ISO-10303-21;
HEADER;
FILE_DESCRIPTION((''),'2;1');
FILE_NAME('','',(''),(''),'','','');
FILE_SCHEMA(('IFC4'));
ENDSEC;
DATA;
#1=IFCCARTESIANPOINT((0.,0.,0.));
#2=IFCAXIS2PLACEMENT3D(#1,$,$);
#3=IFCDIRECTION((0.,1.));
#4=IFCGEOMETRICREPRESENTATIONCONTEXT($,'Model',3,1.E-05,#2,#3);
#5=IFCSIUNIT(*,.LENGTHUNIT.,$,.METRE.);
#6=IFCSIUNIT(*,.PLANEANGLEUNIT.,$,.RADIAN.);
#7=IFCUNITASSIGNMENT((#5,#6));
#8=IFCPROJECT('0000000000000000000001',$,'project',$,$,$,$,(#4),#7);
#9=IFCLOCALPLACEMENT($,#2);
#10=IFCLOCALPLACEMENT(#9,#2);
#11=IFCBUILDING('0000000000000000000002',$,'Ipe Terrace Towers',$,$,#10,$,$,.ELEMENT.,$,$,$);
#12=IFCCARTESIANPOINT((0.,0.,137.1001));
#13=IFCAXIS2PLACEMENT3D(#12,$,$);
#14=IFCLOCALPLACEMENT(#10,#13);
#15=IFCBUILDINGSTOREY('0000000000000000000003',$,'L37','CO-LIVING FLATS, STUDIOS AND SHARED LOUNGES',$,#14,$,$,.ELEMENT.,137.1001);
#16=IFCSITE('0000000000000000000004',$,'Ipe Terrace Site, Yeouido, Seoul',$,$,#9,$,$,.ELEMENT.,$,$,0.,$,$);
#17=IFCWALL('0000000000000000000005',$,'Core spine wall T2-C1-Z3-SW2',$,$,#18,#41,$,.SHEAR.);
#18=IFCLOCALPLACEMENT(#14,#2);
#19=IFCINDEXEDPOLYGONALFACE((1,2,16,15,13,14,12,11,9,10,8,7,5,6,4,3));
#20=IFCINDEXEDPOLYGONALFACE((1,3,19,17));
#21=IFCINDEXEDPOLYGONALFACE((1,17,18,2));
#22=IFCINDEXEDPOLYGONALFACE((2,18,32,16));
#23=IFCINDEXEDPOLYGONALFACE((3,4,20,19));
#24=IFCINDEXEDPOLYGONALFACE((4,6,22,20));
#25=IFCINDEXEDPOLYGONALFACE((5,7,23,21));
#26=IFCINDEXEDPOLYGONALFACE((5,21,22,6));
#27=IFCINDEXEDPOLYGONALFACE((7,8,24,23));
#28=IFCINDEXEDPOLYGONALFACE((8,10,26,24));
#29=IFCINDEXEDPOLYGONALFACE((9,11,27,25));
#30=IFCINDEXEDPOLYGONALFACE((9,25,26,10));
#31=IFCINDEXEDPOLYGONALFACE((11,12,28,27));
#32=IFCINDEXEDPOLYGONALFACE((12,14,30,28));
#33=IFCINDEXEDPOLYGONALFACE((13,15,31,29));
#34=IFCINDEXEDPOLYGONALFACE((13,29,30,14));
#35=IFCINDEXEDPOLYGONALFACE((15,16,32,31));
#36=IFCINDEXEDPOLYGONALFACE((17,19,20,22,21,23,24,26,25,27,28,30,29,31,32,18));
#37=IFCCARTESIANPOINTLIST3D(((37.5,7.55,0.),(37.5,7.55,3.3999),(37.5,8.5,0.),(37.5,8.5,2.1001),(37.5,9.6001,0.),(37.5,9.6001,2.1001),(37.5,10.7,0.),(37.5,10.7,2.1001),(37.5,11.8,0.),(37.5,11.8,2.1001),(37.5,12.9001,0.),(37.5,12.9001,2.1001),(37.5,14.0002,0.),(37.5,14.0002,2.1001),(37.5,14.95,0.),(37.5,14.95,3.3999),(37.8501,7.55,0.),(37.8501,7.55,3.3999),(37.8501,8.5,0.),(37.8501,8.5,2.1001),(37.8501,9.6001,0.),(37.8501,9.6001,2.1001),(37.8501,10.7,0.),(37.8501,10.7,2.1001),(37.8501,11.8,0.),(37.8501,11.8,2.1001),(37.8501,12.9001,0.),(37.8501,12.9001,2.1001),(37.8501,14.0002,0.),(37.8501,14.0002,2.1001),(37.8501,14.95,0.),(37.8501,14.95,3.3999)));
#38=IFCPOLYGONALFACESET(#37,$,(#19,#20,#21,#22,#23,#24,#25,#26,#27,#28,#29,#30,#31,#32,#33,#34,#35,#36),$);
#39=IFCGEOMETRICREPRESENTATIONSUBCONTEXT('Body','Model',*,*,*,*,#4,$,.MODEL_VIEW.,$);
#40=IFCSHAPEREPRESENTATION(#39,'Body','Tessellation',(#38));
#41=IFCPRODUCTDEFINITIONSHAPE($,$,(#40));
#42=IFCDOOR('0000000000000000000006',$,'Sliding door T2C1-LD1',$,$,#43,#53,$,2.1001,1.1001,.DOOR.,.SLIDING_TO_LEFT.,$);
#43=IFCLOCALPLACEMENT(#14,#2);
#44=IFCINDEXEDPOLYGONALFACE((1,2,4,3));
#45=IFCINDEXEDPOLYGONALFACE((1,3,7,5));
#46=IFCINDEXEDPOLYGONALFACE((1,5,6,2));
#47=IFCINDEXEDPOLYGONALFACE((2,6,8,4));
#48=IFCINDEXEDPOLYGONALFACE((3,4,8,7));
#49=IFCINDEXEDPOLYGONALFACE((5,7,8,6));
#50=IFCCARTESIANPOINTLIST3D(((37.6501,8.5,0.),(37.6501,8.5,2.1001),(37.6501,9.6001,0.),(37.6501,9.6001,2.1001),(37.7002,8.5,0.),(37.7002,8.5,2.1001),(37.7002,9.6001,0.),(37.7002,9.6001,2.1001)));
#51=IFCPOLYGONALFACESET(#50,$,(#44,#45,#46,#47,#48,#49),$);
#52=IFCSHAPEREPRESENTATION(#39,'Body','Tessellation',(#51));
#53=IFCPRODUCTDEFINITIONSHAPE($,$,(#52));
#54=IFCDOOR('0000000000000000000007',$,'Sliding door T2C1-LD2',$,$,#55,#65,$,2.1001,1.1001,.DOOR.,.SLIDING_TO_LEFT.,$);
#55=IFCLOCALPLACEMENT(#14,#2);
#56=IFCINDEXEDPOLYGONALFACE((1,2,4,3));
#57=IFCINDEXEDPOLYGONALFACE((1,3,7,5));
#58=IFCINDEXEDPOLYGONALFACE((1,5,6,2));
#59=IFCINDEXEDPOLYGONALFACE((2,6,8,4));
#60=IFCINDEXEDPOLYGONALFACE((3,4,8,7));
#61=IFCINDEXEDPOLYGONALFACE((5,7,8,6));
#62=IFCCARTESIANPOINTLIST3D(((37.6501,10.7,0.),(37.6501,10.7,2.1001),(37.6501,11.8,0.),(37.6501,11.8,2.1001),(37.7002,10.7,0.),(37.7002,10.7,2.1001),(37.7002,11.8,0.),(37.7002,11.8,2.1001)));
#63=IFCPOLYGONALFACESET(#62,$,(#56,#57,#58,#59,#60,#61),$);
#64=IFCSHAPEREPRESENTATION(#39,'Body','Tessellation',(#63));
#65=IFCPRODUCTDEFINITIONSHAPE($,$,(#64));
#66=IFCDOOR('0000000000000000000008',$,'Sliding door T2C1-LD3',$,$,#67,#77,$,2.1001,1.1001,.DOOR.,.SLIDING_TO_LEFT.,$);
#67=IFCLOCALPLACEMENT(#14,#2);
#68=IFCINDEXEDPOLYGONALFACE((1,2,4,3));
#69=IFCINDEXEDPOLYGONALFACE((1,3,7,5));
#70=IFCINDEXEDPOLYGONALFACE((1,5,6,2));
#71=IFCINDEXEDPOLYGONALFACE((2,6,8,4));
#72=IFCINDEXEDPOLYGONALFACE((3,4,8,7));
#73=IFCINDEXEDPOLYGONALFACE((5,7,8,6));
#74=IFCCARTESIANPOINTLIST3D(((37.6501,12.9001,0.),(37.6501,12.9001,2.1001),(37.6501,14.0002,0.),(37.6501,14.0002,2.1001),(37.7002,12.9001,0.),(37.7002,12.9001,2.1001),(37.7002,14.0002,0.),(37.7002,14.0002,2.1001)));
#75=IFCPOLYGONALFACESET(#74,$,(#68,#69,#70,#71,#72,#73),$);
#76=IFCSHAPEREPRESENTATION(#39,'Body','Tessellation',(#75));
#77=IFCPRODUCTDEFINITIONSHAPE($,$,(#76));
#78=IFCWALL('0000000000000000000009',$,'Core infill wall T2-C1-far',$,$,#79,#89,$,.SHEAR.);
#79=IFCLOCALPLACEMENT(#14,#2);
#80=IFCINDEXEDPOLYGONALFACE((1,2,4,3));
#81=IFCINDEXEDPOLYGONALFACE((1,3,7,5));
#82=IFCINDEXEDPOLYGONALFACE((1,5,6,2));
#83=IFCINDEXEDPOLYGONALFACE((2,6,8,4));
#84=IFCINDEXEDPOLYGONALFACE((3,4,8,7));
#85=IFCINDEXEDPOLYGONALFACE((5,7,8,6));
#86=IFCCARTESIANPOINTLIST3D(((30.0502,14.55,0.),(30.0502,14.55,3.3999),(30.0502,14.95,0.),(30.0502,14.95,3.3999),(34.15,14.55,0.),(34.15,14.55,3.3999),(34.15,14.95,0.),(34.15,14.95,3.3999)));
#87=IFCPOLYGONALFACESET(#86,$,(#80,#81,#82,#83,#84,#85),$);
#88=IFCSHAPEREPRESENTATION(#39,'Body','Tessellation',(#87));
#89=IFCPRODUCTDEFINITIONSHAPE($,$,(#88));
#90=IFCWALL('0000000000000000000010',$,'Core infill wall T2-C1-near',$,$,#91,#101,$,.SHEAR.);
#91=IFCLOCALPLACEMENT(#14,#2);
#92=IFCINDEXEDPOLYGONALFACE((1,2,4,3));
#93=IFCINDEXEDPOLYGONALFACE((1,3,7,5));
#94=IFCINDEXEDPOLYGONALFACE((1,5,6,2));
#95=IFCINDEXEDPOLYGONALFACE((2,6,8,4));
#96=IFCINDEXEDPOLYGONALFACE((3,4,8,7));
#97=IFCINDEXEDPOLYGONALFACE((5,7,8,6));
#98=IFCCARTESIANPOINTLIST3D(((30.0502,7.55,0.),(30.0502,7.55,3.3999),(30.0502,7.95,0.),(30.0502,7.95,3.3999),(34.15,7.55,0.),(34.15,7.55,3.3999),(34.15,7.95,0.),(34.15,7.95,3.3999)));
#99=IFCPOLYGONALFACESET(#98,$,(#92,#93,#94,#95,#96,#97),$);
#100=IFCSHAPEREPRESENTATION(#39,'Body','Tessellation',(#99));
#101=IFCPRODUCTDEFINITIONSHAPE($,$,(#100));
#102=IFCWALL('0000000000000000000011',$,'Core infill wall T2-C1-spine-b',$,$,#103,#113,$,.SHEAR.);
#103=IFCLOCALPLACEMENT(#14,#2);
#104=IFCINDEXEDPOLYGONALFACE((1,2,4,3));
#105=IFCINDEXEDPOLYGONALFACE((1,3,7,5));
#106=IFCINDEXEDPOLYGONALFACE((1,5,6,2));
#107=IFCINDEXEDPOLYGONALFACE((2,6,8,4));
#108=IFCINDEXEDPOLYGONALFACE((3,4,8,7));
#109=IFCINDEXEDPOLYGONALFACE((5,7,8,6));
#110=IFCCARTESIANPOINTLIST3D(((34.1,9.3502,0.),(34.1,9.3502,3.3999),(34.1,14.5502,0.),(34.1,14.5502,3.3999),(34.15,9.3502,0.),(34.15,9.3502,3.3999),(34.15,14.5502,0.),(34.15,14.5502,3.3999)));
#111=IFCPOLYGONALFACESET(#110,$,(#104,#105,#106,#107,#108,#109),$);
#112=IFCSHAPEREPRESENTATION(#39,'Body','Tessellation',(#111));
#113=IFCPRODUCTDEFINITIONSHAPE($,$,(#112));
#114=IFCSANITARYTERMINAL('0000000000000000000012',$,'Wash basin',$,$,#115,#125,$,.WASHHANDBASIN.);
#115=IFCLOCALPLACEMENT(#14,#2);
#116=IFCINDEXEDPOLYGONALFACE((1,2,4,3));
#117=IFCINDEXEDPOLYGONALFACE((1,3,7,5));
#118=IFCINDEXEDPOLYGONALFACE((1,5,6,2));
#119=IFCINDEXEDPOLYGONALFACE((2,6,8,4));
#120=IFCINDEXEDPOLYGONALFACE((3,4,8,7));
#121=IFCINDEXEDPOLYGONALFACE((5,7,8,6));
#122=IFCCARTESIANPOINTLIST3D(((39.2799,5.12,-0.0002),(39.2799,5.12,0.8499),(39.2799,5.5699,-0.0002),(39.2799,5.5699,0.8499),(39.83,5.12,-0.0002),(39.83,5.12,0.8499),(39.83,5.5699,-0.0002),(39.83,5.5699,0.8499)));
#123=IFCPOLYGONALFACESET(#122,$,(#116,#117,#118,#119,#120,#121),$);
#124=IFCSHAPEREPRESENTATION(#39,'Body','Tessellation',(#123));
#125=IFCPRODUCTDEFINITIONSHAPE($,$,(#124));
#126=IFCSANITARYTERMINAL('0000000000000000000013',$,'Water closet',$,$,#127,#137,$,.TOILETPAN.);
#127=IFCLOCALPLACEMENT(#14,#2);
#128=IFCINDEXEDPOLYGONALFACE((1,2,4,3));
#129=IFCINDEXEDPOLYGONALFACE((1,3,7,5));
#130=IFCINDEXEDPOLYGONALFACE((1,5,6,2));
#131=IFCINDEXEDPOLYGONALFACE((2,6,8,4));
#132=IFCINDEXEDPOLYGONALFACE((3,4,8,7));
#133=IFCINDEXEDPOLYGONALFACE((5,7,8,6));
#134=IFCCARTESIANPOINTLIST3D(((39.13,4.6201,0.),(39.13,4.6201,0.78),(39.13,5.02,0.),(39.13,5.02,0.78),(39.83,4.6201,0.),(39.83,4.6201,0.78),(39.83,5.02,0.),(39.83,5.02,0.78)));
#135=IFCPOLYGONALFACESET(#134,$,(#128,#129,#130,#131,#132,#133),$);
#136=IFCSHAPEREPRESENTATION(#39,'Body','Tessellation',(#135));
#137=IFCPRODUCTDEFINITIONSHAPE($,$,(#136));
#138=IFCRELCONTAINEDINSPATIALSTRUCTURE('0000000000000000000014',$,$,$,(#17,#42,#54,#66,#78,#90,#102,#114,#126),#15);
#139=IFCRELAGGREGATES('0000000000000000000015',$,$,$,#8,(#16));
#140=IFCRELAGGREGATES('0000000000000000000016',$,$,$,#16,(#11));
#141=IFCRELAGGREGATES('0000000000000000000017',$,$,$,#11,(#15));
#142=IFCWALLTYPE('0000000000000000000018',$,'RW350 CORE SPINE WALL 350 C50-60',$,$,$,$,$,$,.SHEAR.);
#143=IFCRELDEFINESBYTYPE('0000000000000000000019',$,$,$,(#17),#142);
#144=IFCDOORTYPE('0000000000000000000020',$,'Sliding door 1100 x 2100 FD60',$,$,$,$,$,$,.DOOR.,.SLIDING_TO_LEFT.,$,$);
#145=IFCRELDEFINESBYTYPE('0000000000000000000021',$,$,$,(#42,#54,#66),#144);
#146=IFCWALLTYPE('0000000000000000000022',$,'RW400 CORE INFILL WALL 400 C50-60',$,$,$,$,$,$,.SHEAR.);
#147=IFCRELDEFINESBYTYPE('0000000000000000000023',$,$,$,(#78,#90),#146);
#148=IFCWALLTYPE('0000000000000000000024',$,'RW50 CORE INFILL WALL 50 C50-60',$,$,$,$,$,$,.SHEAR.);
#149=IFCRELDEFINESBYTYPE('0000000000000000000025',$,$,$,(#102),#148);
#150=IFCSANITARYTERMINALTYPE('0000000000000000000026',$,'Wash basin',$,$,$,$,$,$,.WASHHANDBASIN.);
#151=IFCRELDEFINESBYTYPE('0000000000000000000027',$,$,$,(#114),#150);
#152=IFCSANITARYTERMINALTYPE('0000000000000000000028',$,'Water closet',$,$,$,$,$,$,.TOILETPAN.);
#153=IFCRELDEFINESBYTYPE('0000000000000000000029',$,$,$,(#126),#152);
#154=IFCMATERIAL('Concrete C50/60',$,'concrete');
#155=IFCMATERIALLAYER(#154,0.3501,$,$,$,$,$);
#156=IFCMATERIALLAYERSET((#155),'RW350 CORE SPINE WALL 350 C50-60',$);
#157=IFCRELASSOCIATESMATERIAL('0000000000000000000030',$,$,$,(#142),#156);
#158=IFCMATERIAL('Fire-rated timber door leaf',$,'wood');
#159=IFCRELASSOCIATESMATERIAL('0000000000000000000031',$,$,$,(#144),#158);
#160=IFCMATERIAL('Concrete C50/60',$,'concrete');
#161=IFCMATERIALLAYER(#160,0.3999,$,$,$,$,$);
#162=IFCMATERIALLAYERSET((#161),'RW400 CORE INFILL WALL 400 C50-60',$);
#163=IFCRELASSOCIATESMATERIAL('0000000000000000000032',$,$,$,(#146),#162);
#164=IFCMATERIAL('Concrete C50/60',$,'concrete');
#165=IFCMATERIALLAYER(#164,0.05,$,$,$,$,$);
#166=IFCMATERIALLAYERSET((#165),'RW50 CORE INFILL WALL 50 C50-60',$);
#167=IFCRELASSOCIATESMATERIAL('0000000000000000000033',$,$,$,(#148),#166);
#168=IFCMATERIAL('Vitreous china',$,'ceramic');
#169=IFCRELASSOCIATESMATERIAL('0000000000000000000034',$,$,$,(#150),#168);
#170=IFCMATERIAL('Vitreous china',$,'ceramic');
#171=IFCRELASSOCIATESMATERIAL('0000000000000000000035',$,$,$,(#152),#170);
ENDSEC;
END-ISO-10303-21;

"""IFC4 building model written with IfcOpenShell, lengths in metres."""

from ifc_helpers import new_model, si_unit, direction, frame, frame_2d, origin, origin_2d, place, context, subcontext, project, spatial, rectangle, extrude, material, layer, layer_set, type_object, element, fill, save


model = new_model("IFC4")

# Units and contexts
model_context = context("Model", 3, precision=1e-05, world=origin(), true_north=direction((0.0, 1.0)))
body_context = subcontext(model_context, "Body", "Model", "MODEL_VIEW")
ifc_project = project(units=[si_unit("LENGTHUNIT", "METRE"), si_unit("PLANEANGLEUNIT", "RADIAN")], contexts=[model_context])

# Site, building, storey
site_placement = place(None, origin())
site = spatial("IfcSite", under=ifc_project, at=site_placement, Name="Ipe Terrace Site, Yeouido, Seoul", CompositionType="ELEMENT", RefElevation=0.0)
building_placement = place(site_placement, origin())
building = spatial("IfcBuilding", under=site, at=building_placement, Name="Ipe Terrace Towers", CompositionType="ELEMENT")
storey_placement = place(building_placement, frame((0.0, 0.0, 137.1001)))
storey = spatial("IfcBuildingStorey", under=building, at=storey_placement, Name="L37", Description="CO-LIVING FLATS, STUDIOS AND SHARED LOUNGES", CompositionType="ELEMENT", Elevation=137.1001)

# Shared definitions
ifc_material_1 = material(Name="Concrete C50/60", Category="concrete")
ifc_layer_1 = layer(ifc_material_1, 0.3501)
ifc_layer_set_1 = layer_set([ifc_layer_1], Name="RW350 CORE SPINE WALL 350 C50-60")
wall_type_1 = type_object("IfcWallType", Name="RW350 CORE SPINE WALL 350 C50-60", PredefinedType="SHEAR", material=ifc_layer_set_1)

# Wall, openings, doors
wall_1_placement = place(storey_placement, frame((37.675, 7.55, 0.0), z_axis=(0.0, 0.0, 1.0), x_axis=(0.0, 1.0, 0.0)))
wall_1 = element("IfcWall", 1, at=wall_1_placement, inside=storey, type_object=wall_type_1, Name="Core spine wall T2-C1-Z3-SW2", PredefinedType="SHEAR", context=body_context, shape_type="SweptSolid", body=[
    extrude(rectangle(XDim=7.3999, YDim=0.3501, at=frame_2d((3.7, 0.0))), origin(), (0.0, 0.0, 1.0), 3.3999),
])
opening_1_placement = place(wall_1_placement, frame((0.95, 0.0, 0.0)))
opening_1 = element("IfcOpeningElement", 2, at=opening_1_placement, cuts=wall_1, PredefinedType="OPENING", context=body_context, shape_type="SweptSolid", body=[
    extrude(rectangle(XDim=1.1001, YDim=2.1001, at=frame_2d((0.55, 1.05))), frame((0.0, 0.1851, 0.0), z_axis=(0.0, -1.0, 0.0), x_axis=(1.0, 0.0, 0.0)), (0.0, 0.0, 1.0), 0.3701),
])
opening_2_placement = place(wall_1_placement, frame((3.1499, 0.0, 0.0)))
opening_2 = element("IfcOpeningElement", 3, at=opening_2_placement, cuts=wall_1, PredefinedType="OPENING", context=body_context, shape_type="SweptSolid", body=[
    extrude(rectangle(XDim=1.1001, YDim=2.1001, at=frame_2d((0.55, 1.05))), frame((0.0, 0.1851, 0.0), z_axis=(0.0, -1.0, 0.0), x_axis=(1.0, 0.0, 0.0)), (0.0, 0.0, 1.0), 0.3701),
])
opening_3_placement = place(wall_1_placement, frame((5.3501, 0.0, 0.0)))
opening_3 = element("IfcOpeningElement", 4, at=opening_3_placement, cuts=wall_1, PredefinedType="OPENING", context=body_context, shape_type="SweptSolid", body=[
    extrude(rectangle(XDim=1.1001, YDim=2.1001, at=frame_2d((0.55, 1.05))), frame((0.0, 0.1851, 0.0), z_axis=(0.0, -1.0, 0.0), x_axis=(1.0, 0.0, 0.0)), (0.0, 0.0, 1.0), 0.3701),
])
ifc_material_2 = material(Name="Fire-rated timber door leaf", Category="wood")
door_type_1 = type_object("IfcDoorType", Name="Sliding door 1100 x 2100 FD60", OperationType="SLIDING_TO_LEFT", PredefinedType="DOOR", material=ifc_material_2)
door_1_placement = place(opening_1_placement, origin())
door_1 = element("IfcDoor", 5, at=door_1_placement, inside=storey, type_object=door_type_1, Name="Sliding door T2C1-LD1", OperationType="SLIDING_TO_LEFT", OverallHeight=2.1001, OverallWidth=1.1001, PredefinedType="DOOR", context=body_context, shape_type="SweptSolid", body=[
    extrude(rectangle(XDim=1.1001, YDim=2.1001, at=frame_2d((0.55, 1.05))), frame((0.0, 0.0249, 0.0), z_axis=(0.0, -1.0, 0.0), x_axis=(1.0, 0.0, 0.0)), (0.0, 0.0, 1.0), 0.05),
])
fill(opening_1, door_1)
door_2_placement = place(opening_2_placement, origin())
door_2 = element("IfcDoor", 6, at=door_2_placement, inside=storey, type_object=door_type_1, Name="Sliding door T2C1-LD2", OperationType="SLIDING_TO_LEFT", OverallHeight=2.1001, OverallWidth=1.1001, PredefinedType="DOOR", context=body_context, shape_type="SweptSolid", body=[
    extrude(rectangle(XDim=1.1001, YDim=2.1001, at=frame_2d((0.55, 1.05))), frame((0.0, 0.0249, 0.0), z_axis=(0.0, -1.0, 0.0), x_axis=(1.0, 0.0, 0.0)), (0.0, 0.0, 1.0), 0.05),
])
fill(opening_2, door_2)
door_3_placement = place(opening_3_placement, origin())
door_3 = element("IfcDoor", 7, at=door_3_placement, inside=storey, type_object=door_type_1, Name="Sliding door T2C1-LD3", OperationType="SLIDING_TO_LEFT", OverallHeight=2.1001, OverallWidth=1.1001, PredefinedType="DOOR", context=body_context, shape_type="SweptSolid", body=[
    extrude(rectangle(XDim=1.1001, YDim=2.1001, at=frame_2d((0.55, 1.05))), frame((0.0, 0.0249, 0.0), z_axis=(0.0, -1.0, 0.0), x_axis=(1.0, 0.0, 0.0)), (0.0, 0.0, 1.0), 0.05),
])
fill(opening_3, door_3)

# Walls
ifc_material_3 = material(Name="Concrete C50/60", Category="concrete")
ifc_layer_2 = layer(ifc_material_3, 0.3999)
ifc_layer_set_2 = layer_set([ifc_layer_2], Name="RW400 CORE INFILL WALL 400 C50-60")
wall_type_2 = type_object("IfcWallType", Name="RW400 CORE INFILL WALL 400 C50-60", PredefinedType="SHEAR", material=ifc_layer_set_2)
for number, where, z_axis, x_axis, name in (
    (8, (34.1499, 14.75, 0.0), (0.0, 0.0, 1.0), (-1.0, 0.0, 0.0), "Core infill wall T2-C1-far"),
    (9, (34.1499, 7.75, 0.0), (0.0, 0.0, 1.0), (-1.0, 0.0, 0.0), "Core infill wall T2-C1-near"),
):
    element("IfcWall", number, at=place(storey_placement, frame(where, z_axis=z_axis, x_axis=x_axis)), inside=storey, type_object=wall_type_2, Name=name, PredefinedType="SHEAR", context=body_context, shape_type="SweptSolid", body=[
        extrude(rectangle(XDim=4.0999, YDim=0.3999, at=frame_2d((2.0498, 0.0))), origin(), (0.0, 0.0, 1.0), 3.3999),
    ])
ifc_material_4 = material(Name="Concrete C50/60", Category="concrete")
ifc_layer_3 = layer(ifc_material_4, 0.05)
ifc_layer_set_3 = layer_set([ifc_layer_3], Name="RW50 CORE INFILL WALL 50 C50-60")
wall_type_3 = type_object("IfcWallType", Name="RW50 CORE INFILL WALL 50 C50-60", PredefinedType="SHEAR", material=ifc_layer_set_3)
wall_2_placement = place(storey_placement, frame((34.125, 9.3501, 0.0), z_axis=(0.0, 0.0, 1.0), x_axis=(0.0, 1.0, 0.0)))
element("IfcWall", 10, at=wall_2_placement, inside=storey, type_object=wall_type_3, Name="Core infill wall T2-C1-spine-b", PredefinedType="SHEAR", context=body_context, shape_type="SweptSolid", body=[
    extrude(rectangle(XDim=5.2, YDim=0.05, at=frame_2d((2.6001, 0.0))), origin(), (0.0, 0.0, 1.0), 3.3999),
])

# Sanitary terminals
ifc_material_5 = material(Name="Vitreous china", Category="ceramic")
sanitary_terminal_type_1 = type_object("IfcSanitaryTerminalType", Name="Wash basin", PredefinedType="WASHHANDBASIN", material=ifc_material_5)
sanitary_terminal_1_placement = place(storey_placement, frame((39.5549, 5.345, -0.0002), z_axis=(0.0, 0.0, 1.0), x_axis=(-1.0, 0.0, 0.0)))
element("IfcSanitaryTerminal", 11, at=sanitary_terminal_1_placement, inside=storey, type_object=sanitary_terminal_type_1, Name="Wash basin", PredefinedType="WASHHANDBASIN", context=body_context, shape_type="SweptSolid", body=[
    extrude(rectangle(XDim=0.55, YDim=0.45, at=origin_2d()), origin(), (0.0, 0.0, 1.0), 0.8501),
])
ifc_material_6 = material(Name="Vitreous china", Category="ceramic")
sanitary_terminal_type_2 = type_object("IfcSanitaryTerminalType", Name="Water closet", PredefinedType="TOILETPAN", material=ifc_material_6)
sanitary_terminal_2_placement = place(storey_placement, frame((39.48, 4.8201, 0.0), z_axis=(0.0, 0.0, 1.0), x_axis=(-1.0, 0.0, 0.0)))
element("IfcSanitaryTerminal", 12, at=sanitary_terminal_2_placement, inside=storey, type_object=sanitary_terminal_type_2, Name="Water closet", PredefinedType="TOILETPAN", context=body_context, shape_type="SweptSolid", body=[
    extrude(rectangle(XDim=0.7, YDim=0.3999, at=origin_2d()), origin(), (0.0, 0.0, 1.0), 0.78),
])

save(model, "model.ifc")
